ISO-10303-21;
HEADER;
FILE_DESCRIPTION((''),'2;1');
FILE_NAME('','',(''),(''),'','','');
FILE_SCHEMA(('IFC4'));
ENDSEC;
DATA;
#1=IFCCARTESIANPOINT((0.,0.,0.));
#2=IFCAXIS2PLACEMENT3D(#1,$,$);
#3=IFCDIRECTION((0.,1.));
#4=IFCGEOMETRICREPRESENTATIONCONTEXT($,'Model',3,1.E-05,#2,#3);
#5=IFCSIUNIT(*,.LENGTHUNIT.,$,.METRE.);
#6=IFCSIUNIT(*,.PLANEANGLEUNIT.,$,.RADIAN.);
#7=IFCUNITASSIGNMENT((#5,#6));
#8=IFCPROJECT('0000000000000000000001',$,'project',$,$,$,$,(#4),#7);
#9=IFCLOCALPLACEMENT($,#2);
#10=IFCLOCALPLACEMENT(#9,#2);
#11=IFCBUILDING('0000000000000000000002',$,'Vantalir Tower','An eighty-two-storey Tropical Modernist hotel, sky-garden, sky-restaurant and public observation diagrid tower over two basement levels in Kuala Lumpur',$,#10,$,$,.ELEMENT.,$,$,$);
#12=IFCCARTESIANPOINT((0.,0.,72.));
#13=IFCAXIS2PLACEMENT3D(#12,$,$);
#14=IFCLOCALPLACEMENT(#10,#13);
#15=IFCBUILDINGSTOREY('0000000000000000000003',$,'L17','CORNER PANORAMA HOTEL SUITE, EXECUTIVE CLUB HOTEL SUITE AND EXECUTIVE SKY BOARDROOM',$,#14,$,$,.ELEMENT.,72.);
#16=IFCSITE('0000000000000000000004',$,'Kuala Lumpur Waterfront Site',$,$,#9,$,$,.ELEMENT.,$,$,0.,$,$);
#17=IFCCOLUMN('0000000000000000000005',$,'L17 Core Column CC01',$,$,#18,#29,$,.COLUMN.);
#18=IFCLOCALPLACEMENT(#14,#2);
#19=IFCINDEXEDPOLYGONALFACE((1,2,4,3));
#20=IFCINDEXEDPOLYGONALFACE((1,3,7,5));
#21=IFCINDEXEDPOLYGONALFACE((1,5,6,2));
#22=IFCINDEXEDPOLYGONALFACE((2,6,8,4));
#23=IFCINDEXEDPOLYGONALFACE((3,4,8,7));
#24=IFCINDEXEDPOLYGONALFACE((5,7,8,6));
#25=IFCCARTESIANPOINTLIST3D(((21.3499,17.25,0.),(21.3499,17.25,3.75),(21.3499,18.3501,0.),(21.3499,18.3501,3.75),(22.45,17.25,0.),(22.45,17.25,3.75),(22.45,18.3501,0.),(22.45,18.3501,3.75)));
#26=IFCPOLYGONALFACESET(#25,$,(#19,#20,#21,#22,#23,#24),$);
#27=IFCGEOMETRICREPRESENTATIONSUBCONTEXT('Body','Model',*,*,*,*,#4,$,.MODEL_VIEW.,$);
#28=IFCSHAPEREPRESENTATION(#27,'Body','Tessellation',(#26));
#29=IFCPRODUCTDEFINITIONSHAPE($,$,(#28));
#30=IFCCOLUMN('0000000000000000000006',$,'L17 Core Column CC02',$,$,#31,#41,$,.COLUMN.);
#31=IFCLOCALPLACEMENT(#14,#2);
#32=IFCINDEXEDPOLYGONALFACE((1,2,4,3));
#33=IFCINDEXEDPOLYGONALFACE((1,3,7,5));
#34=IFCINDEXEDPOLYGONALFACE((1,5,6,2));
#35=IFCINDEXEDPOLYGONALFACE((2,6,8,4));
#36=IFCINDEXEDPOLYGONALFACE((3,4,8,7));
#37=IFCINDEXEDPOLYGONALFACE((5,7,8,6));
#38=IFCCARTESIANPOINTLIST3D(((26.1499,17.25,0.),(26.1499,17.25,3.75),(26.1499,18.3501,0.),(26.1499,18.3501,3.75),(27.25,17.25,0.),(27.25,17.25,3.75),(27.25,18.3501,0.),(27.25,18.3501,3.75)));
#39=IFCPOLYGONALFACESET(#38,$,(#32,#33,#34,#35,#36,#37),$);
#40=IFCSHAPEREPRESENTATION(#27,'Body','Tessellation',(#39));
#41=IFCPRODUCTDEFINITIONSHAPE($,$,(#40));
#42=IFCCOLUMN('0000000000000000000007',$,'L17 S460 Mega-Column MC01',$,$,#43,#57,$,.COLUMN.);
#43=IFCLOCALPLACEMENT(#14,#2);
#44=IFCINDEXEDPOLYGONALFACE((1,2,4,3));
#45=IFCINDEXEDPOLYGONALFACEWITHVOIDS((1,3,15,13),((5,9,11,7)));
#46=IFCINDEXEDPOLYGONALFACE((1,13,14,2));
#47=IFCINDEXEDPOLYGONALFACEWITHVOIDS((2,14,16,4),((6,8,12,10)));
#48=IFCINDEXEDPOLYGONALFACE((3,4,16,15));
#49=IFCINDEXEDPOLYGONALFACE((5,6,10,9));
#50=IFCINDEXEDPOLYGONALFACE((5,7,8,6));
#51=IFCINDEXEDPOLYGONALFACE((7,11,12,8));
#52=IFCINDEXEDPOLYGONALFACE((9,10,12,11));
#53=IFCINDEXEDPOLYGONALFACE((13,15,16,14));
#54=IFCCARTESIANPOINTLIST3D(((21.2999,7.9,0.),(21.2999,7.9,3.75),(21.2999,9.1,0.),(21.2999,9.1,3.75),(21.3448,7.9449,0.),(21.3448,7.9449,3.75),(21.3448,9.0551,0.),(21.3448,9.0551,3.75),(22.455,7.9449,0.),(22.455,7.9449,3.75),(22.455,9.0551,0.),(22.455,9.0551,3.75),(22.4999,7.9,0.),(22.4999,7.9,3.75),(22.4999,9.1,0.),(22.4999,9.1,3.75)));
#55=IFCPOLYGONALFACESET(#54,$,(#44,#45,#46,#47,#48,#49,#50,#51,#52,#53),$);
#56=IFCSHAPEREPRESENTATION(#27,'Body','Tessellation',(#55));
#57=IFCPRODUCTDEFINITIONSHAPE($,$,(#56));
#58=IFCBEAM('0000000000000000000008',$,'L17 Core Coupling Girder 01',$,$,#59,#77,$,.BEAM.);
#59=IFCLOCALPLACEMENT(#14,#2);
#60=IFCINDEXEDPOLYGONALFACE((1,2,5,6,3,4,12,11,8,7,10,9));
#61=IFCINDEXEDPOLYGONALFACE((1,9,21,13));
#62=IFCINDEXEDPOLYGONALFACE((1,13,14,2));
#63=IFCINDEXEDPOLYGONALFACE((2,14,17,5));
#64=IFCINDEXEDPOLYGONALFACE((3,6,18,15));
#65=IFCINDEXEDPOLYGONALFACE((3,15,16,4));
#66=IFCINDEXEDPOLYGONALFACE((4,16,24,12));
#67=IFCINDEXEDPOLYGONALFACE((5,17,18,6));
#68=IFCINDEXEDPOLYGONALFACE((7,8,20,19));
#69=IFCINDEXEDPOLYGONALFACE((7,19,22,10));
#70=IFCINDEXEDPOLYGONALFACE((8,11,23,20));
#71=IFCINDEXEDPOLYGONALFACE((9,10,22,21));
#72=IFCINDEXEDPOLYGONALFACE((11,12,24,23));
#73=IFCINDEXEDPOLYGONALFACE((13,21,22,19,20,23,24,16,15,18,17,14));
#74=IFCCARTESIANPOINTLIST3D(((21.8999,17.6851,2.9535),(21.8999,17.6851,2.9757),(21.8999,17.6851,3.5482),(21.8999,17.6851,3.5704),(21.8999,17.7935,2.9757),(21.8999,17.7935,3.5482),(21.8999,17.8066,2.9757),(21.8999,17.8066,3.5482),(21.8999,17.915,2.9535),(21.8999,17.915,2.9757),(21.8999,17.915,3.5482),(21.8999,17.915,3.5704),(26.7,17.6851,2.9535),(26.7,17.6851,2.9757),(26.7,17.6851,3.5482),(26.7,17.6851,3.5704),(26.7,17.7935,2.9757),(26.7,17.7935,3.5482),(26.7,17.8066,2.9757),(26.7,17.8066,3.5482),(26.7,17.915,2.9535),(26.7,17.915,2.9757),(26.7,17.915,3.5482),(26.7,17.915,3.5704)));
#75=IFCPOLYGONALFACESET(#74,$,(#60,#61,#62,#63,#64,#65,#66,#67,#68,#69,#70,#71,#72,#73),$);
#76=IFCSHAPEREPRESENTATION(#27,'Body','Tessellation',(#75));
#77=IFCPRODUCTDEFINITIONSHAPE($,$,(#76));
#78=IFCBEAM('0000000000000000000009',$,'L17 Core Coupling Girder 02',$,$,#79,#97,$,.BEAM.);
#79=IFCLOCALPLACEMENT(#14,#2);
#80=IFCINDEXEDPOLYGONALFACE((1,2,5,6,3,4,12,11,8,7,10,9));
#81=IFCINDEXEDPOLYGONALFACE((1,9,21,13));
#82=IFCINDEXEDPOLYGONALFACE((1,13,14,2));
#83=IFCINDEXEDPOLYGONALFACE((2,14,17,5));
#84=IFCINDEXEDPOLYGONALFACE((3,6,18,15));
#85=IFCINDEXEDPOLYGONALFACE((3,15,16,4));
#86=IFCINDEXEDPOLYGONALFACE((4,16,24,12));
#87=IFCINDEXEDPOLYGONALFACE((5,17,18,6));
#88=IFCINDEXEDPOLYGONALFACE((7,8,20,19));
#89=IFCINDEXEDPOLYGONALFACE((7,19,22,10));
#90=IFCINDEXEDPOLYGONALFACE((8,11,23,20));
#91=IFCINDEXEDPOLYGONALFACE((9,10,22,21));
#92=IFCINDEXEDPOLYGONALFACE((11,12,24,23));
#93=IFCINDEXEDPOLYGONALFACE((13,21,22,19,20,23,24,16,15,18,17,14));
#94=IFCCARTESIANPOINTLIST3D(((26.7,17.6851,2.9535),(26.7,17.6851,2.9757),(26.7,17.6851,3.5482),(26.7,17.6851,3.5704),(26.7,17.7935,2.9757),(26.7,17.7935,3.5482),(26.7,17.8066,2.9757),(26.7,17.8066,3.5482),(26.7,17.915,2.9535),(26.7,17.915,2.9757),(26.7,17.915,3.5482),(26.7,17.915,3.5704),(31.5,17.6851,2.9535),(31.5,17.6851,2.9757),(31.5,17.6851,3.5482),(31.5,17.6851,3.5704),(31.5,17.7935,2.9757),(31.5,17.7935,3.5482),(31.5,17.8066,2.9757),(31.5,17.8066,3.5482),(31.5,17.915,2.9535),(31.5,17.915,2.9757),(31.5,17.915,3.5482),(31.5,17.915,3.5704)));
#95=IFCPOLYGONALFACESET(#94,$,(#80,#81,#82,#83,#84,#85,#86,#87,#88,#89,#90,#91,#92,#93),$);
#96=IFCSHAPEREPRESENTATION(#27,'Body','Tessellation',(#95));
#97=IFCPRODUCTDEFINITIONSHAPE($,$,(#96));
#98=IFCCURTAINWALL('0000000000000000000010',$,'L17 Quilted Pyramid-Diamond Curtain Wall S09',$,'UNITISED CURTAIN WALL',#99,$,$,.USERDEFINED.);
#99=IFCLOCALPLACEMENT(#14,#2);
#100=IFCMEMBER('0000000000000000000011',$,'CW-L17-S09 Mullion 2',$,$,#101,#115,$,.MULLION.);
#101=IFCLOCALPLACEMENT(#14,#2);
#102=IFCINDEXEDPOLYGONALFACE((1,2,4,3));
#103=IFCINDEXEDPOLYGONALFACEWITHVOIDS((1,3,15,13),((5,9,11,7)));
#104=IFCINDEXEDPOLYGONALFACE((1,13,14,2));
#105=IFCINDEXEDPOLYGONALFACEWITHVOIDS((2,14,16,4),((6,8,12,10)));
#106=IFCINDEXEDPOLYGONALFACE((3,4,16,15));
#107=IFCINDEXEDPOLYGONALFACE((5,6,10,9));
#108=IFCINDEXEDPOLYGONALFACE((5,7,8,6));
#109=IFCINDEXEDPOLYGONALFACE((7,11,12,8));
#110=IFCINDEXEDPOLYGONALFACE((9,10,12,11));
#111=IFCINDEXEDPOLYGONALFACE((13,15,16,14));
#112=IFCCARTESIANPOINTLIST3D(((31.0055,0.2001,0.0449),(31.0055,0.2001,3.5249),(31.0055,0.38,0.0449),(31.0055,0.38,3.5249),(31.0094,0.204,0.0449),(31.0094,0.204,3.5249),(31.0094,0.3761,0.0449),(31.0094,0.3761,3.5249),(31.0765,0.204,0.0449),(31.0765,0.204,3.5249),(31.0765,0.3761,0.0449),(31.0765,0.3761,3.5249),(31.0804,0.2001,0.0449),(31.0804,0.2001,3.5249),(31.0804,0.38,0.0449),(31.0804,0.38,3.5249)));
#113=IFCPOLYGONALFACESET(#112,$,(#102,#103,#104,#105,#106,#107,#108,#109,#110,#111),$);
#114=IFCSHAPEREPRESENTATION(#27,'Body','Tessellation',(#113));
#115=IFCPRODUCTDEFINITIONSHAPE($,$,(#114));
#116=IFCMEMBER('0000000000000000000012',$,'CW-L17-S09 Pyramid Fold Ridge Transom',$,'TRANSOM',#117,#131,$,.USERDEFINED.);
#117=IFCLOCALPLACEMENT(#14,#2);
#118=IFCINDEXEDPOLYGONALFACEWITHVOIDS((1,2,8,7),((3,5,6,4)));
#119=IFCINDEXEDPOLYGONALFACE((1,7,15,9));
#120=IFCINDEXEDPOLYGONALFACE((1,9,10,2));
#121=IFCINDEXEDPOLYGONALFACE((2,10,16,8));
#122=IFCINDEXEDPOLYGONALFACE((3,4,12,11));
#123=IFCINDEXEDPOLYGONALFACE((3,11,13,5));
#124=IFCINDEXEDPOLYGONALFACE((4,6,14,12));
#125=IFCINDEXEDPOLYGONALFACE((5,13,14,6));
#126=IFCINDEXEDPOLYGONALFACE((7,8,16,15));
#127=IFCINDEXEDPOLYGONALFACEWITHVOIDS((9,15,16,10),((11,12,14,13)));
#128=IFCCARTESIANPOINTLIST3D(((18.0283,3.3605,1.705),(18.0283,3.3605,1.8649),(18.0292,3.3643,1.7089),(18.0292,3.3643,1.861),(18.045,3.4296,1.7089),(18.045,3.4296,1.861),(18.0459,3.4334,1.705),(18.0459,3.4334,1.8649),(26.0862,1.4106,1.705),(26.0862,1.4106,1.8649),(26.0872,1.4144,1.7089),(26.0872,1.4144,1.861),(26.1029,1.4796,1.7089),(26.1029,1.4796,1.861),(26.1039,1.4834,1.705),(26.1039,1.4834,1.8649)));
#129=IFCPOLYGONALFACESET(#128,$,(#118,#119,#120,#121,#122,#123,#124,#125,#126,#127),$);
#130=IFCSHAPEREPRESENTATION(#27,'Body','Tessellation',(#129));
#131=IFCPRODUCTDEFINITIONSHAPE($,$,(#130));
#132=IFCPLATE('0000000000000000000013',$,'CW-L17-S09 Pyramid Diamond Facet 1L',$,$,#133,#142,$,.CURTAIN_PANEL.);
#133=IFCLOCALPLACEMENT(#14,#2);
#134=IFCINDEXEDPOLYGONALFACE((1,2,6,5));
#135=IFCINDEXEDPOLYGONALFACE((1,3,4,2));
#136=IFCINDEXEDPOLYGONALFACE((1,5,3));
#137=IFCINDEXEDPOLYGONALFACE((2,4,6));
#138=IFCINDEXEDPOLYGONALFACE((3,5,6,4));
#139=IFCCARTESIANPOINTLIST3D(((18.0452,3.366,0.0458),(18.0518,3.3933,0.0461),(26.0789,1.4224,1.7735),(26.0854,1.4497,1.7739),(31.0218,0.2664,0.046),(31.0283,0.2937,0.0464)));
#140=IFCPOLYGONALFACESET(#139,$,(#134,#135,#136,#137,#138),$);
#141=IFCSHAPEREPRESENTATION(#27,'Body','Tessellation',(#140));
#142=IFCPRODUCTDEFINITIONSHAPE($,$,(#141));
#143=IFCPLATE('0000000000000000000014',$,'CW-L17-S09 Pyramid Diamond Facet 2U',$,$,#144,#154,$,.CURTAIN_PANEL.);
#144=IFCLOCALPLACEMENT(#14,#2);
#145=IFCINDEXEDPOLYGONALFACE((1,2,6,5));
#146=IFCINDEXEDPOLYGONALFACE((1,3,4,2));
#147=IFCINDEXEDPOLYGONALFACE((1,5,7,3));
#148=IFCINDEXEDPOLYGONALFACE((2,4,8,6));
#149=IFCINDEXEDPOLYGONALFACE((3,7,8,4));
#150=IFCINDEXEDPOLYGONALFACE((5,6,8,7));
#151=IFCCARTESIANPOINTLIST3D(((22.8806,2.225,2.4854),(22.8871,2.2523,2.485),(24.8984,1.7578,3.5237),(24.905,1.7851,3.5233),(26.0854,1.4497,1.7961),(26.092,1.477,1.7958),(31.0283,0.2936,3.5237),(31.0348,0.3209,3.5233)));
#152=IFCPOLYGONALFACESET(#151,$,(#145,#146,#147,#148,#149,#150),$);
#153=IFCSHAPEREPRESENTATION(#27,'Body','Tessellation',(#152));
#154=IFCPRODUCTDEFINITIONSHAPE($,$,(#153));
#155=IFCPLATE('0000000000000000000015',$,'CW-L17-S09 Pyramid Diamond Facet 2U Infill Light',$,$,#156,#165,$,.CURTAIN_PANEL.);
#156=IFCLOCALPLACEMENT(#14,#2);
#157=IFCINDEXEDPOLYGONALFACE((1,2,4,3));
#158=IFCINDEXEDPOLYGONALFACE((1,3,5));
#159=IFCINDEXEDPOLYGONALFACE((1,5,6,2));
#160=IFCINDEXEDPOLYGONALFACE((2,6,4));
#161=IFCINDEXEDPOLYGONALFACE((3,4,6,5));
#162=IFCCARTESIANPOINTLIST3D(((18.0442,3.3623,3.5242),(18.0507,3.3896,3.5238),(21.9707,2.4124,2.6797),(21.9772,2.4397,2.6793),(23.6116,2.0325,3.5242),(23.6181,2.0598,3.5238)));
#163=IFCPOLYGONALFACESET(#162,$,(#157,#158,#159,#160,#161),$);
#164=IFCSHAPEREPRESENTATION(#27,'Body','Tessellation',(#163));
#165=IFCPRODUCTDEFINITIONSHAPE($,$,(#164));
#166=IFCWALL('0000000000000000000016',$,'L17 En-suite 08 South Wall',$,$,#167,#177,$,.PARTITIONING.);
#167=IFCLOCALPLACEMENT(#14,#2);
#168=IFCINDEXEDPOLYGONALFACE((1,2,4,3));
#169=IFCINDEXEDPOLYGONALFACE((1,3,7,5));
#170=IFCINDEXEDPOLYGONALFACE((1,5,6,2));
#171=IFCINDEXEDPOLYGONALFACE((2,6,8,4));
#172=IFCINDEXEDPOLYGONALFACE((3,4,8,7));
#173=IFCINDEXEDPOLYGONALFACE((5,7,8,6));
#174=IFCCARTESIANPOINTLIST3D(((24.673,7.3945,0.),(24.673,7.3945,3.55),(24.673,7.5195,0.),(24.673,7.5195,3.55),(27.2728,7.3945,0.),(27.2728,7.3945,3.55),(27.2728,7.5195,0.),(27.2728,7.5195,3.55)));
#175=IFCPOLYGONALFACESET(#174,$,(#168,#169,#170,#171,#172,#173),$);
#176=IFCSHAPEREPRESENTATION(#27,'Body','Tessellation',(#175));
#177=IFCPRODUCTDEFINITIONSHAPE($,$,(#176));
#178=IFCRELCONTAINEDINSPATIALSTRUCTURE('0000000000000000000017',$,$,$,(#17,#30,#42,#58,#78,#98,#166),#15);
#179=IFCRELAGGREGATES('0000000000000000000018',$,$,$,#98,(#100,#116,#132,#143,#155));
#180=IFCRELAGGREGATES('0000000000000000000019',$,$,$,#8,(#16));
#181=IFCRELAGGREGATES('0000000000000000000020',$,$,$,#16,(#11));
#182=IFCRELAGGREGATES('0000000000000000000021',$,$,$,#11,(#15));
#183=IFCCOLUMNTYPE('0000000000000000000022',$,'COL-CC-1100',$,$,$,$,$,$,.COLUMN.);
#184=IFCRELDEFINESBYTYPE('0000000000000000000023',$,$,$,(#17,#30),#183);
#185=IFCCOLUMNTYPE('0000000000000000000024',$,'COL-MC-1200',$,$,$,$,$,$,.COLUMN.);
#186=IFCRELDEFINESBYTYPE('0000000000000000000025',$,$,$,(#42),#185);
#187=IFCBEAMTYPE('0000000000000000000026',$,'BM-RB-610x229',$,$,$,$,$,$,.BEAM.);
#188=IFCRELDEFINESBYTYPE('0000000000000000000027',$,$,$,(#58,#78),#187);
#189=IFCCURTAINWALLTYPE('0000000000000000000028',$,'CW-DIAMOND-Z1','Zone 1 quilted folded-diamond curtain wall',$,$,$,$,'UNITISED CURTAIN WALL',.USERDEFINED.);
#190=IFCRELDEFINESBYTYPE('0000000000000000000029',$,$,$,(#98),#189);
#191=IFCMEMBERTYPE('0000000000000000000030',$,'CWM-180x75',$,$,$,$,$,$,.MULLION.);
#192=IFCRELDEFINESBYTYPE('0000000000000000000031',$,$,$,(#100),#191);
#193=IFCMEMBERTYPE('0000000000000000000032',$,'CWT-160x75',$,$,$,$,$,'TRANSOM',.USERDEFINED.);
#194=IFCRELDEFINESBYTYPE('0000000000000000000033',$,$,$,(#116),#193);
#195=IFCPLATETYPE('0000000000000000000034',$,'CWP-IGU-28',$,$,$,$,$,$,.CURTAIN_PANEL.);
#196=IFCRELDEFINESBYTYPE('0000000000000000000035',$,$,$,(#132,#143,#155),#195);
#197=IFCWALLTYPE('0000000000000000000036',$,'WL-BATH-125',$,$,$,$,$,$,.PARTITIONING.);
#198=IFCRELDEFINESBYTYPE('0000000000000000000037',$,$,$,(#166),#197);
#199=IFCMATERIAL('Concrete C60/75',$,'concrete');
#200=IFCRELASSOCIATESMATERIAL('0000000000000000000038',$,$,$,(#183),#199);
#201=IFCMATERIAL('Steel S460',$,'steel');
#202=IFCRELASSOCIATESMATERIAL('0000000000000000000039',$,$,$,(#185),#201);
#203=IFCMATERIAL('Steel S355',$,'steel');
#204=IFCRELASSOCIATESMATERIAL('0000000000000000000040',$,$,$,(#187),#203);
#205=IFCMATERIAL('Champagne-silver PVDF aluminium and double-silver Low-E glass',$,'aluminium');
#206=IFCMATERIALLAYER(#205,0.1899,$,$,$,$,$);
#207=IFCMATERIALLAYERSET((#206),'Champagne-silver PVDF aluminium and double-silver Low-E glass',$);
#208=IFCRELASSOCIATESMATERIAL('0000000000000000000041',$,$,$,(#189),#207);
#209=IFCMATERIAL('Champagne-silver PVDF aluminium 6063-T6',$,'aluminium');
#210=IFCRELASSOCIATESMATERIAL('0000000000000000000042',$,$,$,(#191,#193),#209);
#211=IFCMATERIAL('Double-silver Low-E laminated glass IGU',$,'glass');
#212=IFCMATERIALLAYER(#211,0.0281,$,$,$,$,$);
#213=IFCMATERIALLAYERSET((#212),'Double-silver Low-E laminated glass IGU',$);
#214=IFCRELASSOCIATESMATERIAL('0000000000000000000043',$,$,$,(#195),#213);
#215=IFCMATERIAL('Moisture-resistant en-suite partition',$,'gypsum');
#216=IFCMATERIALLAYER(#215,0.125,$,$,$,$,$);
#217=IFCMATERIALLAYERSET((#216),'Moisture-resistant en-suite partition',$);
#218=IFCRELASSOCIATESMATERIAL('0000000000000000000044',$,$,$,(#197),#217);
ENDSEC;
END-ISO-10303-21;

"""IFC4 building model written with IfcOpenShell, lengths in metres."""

from ifc_helpers import new_model, si_unit, direction, frame, frame_2d, origin, origin_2d, place, context, subcontext, project, spatial, polyline, rectangle, hollow_rectangle, i_section, outline, extrude, material, layer, layer_set, material_profile, profile_set, type_object, element, aggregate, save


model = new_model("IFC4")

# Units and contexts
model_context = context("Model", 3, precision=1e-05, world=origin(), true_north=direction((0.0, 1.0)))
body_context = subcontext(model_context, "Body", "Model", "MODEL_VIEW")
ifc_project = project(units=[si_unit("LENGTHUNIT", "METRE"), si_unit("PLANEANGLEUNIT", "RADIAN")], contexts=[model_context])

# Site, building, storey
site_placement = place(None, origin())
site = spatial("IfcSite", under=ifc_project, at=site_placement, Name="Kuala Lumpur Waterfront Site", CompositionType="ELEMENT", RefElevation=0.0)
building_placement = place(site_placement, origin())
building = spatial("IfcBuilding", under=site, at=building_placement, Name="Vantalir Tower", Description="An eighty-two-storey Tropical Modernist hotel, sky-garden, sky-restaurant and public observation diagrid tower over two basement levels in Kuala Lumpur", CompositionType="ELEMENT")
storey_placement = place(building_placement, frame((0.0, 0.0, 72.0)))
storey = spatial("IfcBuildingStorey", under=building, at=storey_placement, Name="L17", Description="CORNER PANORAMA HOTEL SUITE, EXECUTIVE CLUB HOTEL SUITE AND EXECUTIVE SKY BOARDROOM", CompositionType="ELEMENT", Elevation=72.0)

# Columns
ifc_material_1 = material(Name="Concrete C60/75", Category="concrete")
ifc_material_profile_1 = material_profile(ifc_material_1, rectangle(XDim=1.1001, YDim=1.1001, at=origin_2d()), Name="Concrete C60/75")
ifc_profile_set_1 = profile_set([ifc_material_profile_1], Name="Concrete C60/75")
column_type_1 = type_object("IfcColumnType", Name="COL-CC-1100", PredefinedType="COLUMN", material=ifc_profile_set_1)
for number, where, z_axis, x_axis, name in (
    (1, (21.8999, 17.8, 0.0), (0.0, 0.0, 1.0), (1.0, 0.0, 0.0), "L17 Core Column CC01"),
    (2, (26.7, 17.8, 0.0), (0.0, 0.0, 1.0), (1.0, 0.0, 0.0), "L17 Core Column CC02"),
):
    element("IfcColumn", number, at=place(storey_placement, frame(where, z_axis=z_axis, x_axis=x_axis)), inside=storey, type_object=column_type_1, Name=name, PredefinedType="COLUMN", context=body_context, shape_type="SweptSolid", body=[
        extrude(rectangle(XDim=1.1001, YDim=1.1001, at=origin_2d()), origin(), (0.0, 0.0, 1.0), 3.75),
    ])
ifc_material_2 = material(Name="Steel S460", Category="steel")
ifc_material_profile_2 = material_profile(ifc_material_2, hollow_rectangle(XDim=1.2, YDim=1.2, WallThickness=0.0449, at=origin_2d()), Name="Steel S460")
ifc_profile_set_2 = profile_set([ifc_material_profile_2], Name="Steel S460")
column_type_2 = type_object("IfcColumnType", Name="COL-MC-1200", PredefinedType="COLUMN", material=ifc_profile_set_2)
column_placement = place(storey_placement, frame((21.8999, 8.5, 0.0), z_axis=(0.0, 0.0, 1.0), x_axis=(1.0, 0.0, 0.0)))
element("IfcColumn", 3, at=column_placement, inside=storey, type_object=column_type_2, Name="L17 S460 Mega-Column MC01", PredefinedType="COLUMN", context=body_context, shape_type="SweptSolid", body=[
    extrude(hollow_rectangle(XDim=1.2, YDim=1.2, WallThickness=0.0449, at=origin_2d()), origin(), (0.0, 0.0, 1.0), 3.75),
])

# Beams
ifc_material_3 = material(Name="Steel S355", Category="steel")
ifc_material_profile_3 = material_profile(ifc_material_3, i_section(OverallWidth=0.23, OverallDepth=0.6169, WebThickness=0.0132, FlangeThickness=0.0222, at=origin_2d()), Name="Steel S355")
ifc_profile_set_3 = profile_set([ifc_material_profile_3], Name="Steel S355")
beam_type = type_object("IfcBeamType", Name="BM-RB-610x229", PredefinedType="BEAM", material=ifc_profile_set_3)
for number, where, z_axis, x_axis, name in (
    (4, (21.8999, 17.8, 3.262), (1.0, 0.0, 0.0), (0.0, 1.0, 0.0), "L17 Core Coupling Girder 01"),
    (5, (26.7, 17.8, 3.262), (1.0, 0.0, 0.0), (0.0, 1.0, 0.0), "L17 Core Coupling Girder 02"),
):
    element("IfcBeam", number, at=place(storey_placement, frame(where, z_axis=z_axis, x_axis=x_axis)), inside=storey, type_object=beam_type, Name=name, PredefinedType="BEAM", context=body_context, shape_type="SweptSolid", body=[
        extrude(i_section(OverallWidth=0.23, OverallDepth=0.6169, WebThickness=0.0132, FlangeThickness=0.0222, at=origin_2d()), origin(), (0.0, 0.0, 1.0), 4.8),
    ])

# Curtain wall, members, plates
ifc_material_4 = material(Name="Champagne-silver PVDF aluminium and double-silver Low-E glass", Category="aluminium")
ifc_layer_1 = layer(ifc_material_4, 0.1899)
ifc_layer_set_1 = layer_set([ifc_layer_1], Name="Champagne-silver PVDF aluminium and double-silver Low-E glass")
curtain_wall_type = type_object("IfcCurtainWallType", Name="CW-DIAMOND-Z1", Description="Zone 1 quilted folded-diamond curtain wall", ElementType="UNITISED CURTAIN WALL", PredefinedType="USERDEFINED", material=ifc_layer_set_1)
curtain_wall_placement = place(storey_placement, origin())
curtain_wall = element("IfcCurtainWall", 6, at=curtain_wall_placement, inside=storey, type_object=curtain_wall_type, Name="L17 Quilted Pyramid-Diamond Curtain Wall S09", ObjectType="UNITISED CURTAIN WALL", PredefinedType="USERDEFINED")
ifc_material_5 = material(Name="Champagne-silver PVDF aluminium 6063-T6", Category="aluminium")
ifc_material_profile_4 = material_profile(ifc_material_5, hollow_rectangle(XDim=0.075, YDim=0.1799, WallThickness=0.0039, at=origin_2d()), Name="Champagne-silver PVDF aluminium 6063-T6")
ifc_profile_set_4 = profile_set([ifc_material_profile_4], Name="Champagne-silver PVDF aluminium 6063-T6")
member_type_1 = type_object("IfcMemberType", Name="CWM-180x75", PredefinedType="MULLION", material=ifc_profile_set_4)
member_1_placement = place(storey_placement, frame((31.043, 0.29, 0.0449), z_axis=(0.0, 0.0, 1.0), x_axis=(1.0, 0.0, 0.0)))
member_1 = element("IfcMember", 7, at=member_1_placement, type_object=member_type_1, Name="CW-L17-S09 Mullion 2", PredefinedType="MULLION", context=body_context, shape_type="SweptSolid", body=[
    extrude(hollow_rectangle(XDim=0.075, YDim=0.1799, WallThickness=0.0039, at=origin_2d()), origin(), (0.0, 0.0, 1.0), 3.48),
])
ifc_material_profile_5 = material_profile(ifc_material_5, hollow_rectangle(XDim=0.075, YDim=0.1599, WallThickness=0.0039, at=origin_2d()), Name="Champagne-silver PVDF aluminium 6063-T6")
ifc_profile_set_5 = profile_set([ifc_material_profile_5], Name="Champagne-silver PVDF aluminium 6063-T6")
member_type_2 = type_object("IfcMemberType", Name="CWT-160x75", ElementType="TRANSOM", PredefinedType="USERDEFINED", material=ifc_profile_set_5)
member_2_placement = place(storey_placement, frame((18.0371, 3.397, 1.7849), z_axis=(0.971946, -0.235205, 0.0), x_axis=(0.235205, 0.971946, 0.0)))
member_2 = element("IfcMember", 8, at=member_2_placement, type_object=member_type_2, Name="CW-L17-S09 Pyramid Fold Ridge Transom", ObjectType="TRANSOM", PredefinedType="USERDEFINED", context=body_context, shape_type="SweptSolid", body=[
    extrude(hollow_rectangle(XDim=0.075, YDim=0.1599, WallThickness=0.0039, at=origin_2d()), origin(), (0.0, 0.0, 1.0), 8.2905),
])
ifc_material_6 = material(Name="Double-silver Low-E laminated glass IGU", Category="glass")
ifc_layer_2 = layer(ifc_material_6, 0.0281)
ifc_layer_set_2 = layer_set([ifc_layer_2], Name="Double-silver Low-E laminated glass IGU")
plate_type = type_object("IfcPlateType", Name="CWP-IGU-28", PredefinedType="CURTAIN_PANEL", material=ifc_layer_set_2)
plate_1_placement = place(storey_placement, frame((18.0518, 3.3933, 0.0461), z_axis=(0.232304, 0.972544, 0.013881), x_axis=(0.972638, -0.232326, 0.000018)))
plate_1 = element("IfcPlate", 9, at=plate_1_placement, type_object=plate_type, Name="CW-L17-S09 Pyramid Diamond Facet 1L", PredefinedType="CURTAIN_PANEL", context=body_context, shape_type="SweptSolid", body=[
    extrude(outline(polyline([(0.0, 0.0), (13.3416, 0.0), (8.2655, -1.7278), (0.0, 0.0)])), origin(), (0.0, 0.0, -1.0), 0.0281),
])
plate_2_placement = place(storey_placement, frame((24.8984, 1.7578, 3.5237), z_axis=(-0.232303, -0.972545, 0.013835), x_axis=(0.972638, -0.232325, 0.0)))
plate_2 = element("IfcPlate", 10, at=plate_2_placement, type_object=plate_type, Name="CW-L17-S09 Pyramid Diamond Facet 2U", PredefinedType="CURTAIN_PANEL", context=body_context, shape_type="SweptSolid", body=[
    extrude(outline(polyline([(0.0, 0.0), (6.3023, 0.0), (1.2261, -1.7277), (-2.0712, -1.0384), (0.0, 0.0)])), origin(), (0.0, 0.0, -1.0), 0.0281),
])
plate_3_placement = place(storey_placement, frame((18.0442, 3.3623, 3.5242), z_axis=(-0.232303, -0.972544, 0.013886), x_axis=(0.972638, -0.232326, 0.0)))
plate_3 = element("IfcPlate", 11, at=plate_3_placement, type_object=plate_type, Name="CW-L17-S09 Pyramid Diamond Facet 2U Infill Light", PredefinedType="CURTAIN_PANEL", context=body_context, shape_type="SweptSolid", body=[
    extrude(outline(polyline([(0.0, 0.0), (5.724, 0.0), (4.0398, -0.8446), (0.0, 0.0)])), origin(), (0.0, 0.0, -1.0), 0.0281),
])
aggregate(curtain_wall, [member_1, member_2, plate_1, plate_2, plate_3])

# Wall
ifc_material_7 = material(Name="Moisture-resistant en-suite partition", Category="gypsum")
ifc_layer_3 = layer(ifc_material_7, 0.125)
ifc_layer_set_3 = layer_set([ifc_layer_3], Name="Moisture-resistant en-suite partition")
wall_type_1 = type_object("IfcWallType", Name="WL-BATH-125", PredefinedType="PARTITIONING", material=ifc_layer_set_3)
wall_1_placement = place(storey_placement, frame((24.6731, 7.457, 0.0), z_axis=(0.0, 0.0, 1.0), x_axis=(1.0, 0.0, 0.0)))
element("IfcWall", 12, at=wall_1_placement, inside=storey, type_object=wall_type_1, Name="L17 En-suite 08 South Wall", PredefinedType="PARTITIONING", context=body_context, shape_type="SweptSolid", body=[
    extrude(rectangle(XDim=2.5999, YDim=0.125, at=frame_2d((1.2998, 0.0))), origin(), (0.0, 0.0, 1.0), 3.55),
])

save(model, "model.ifc")
